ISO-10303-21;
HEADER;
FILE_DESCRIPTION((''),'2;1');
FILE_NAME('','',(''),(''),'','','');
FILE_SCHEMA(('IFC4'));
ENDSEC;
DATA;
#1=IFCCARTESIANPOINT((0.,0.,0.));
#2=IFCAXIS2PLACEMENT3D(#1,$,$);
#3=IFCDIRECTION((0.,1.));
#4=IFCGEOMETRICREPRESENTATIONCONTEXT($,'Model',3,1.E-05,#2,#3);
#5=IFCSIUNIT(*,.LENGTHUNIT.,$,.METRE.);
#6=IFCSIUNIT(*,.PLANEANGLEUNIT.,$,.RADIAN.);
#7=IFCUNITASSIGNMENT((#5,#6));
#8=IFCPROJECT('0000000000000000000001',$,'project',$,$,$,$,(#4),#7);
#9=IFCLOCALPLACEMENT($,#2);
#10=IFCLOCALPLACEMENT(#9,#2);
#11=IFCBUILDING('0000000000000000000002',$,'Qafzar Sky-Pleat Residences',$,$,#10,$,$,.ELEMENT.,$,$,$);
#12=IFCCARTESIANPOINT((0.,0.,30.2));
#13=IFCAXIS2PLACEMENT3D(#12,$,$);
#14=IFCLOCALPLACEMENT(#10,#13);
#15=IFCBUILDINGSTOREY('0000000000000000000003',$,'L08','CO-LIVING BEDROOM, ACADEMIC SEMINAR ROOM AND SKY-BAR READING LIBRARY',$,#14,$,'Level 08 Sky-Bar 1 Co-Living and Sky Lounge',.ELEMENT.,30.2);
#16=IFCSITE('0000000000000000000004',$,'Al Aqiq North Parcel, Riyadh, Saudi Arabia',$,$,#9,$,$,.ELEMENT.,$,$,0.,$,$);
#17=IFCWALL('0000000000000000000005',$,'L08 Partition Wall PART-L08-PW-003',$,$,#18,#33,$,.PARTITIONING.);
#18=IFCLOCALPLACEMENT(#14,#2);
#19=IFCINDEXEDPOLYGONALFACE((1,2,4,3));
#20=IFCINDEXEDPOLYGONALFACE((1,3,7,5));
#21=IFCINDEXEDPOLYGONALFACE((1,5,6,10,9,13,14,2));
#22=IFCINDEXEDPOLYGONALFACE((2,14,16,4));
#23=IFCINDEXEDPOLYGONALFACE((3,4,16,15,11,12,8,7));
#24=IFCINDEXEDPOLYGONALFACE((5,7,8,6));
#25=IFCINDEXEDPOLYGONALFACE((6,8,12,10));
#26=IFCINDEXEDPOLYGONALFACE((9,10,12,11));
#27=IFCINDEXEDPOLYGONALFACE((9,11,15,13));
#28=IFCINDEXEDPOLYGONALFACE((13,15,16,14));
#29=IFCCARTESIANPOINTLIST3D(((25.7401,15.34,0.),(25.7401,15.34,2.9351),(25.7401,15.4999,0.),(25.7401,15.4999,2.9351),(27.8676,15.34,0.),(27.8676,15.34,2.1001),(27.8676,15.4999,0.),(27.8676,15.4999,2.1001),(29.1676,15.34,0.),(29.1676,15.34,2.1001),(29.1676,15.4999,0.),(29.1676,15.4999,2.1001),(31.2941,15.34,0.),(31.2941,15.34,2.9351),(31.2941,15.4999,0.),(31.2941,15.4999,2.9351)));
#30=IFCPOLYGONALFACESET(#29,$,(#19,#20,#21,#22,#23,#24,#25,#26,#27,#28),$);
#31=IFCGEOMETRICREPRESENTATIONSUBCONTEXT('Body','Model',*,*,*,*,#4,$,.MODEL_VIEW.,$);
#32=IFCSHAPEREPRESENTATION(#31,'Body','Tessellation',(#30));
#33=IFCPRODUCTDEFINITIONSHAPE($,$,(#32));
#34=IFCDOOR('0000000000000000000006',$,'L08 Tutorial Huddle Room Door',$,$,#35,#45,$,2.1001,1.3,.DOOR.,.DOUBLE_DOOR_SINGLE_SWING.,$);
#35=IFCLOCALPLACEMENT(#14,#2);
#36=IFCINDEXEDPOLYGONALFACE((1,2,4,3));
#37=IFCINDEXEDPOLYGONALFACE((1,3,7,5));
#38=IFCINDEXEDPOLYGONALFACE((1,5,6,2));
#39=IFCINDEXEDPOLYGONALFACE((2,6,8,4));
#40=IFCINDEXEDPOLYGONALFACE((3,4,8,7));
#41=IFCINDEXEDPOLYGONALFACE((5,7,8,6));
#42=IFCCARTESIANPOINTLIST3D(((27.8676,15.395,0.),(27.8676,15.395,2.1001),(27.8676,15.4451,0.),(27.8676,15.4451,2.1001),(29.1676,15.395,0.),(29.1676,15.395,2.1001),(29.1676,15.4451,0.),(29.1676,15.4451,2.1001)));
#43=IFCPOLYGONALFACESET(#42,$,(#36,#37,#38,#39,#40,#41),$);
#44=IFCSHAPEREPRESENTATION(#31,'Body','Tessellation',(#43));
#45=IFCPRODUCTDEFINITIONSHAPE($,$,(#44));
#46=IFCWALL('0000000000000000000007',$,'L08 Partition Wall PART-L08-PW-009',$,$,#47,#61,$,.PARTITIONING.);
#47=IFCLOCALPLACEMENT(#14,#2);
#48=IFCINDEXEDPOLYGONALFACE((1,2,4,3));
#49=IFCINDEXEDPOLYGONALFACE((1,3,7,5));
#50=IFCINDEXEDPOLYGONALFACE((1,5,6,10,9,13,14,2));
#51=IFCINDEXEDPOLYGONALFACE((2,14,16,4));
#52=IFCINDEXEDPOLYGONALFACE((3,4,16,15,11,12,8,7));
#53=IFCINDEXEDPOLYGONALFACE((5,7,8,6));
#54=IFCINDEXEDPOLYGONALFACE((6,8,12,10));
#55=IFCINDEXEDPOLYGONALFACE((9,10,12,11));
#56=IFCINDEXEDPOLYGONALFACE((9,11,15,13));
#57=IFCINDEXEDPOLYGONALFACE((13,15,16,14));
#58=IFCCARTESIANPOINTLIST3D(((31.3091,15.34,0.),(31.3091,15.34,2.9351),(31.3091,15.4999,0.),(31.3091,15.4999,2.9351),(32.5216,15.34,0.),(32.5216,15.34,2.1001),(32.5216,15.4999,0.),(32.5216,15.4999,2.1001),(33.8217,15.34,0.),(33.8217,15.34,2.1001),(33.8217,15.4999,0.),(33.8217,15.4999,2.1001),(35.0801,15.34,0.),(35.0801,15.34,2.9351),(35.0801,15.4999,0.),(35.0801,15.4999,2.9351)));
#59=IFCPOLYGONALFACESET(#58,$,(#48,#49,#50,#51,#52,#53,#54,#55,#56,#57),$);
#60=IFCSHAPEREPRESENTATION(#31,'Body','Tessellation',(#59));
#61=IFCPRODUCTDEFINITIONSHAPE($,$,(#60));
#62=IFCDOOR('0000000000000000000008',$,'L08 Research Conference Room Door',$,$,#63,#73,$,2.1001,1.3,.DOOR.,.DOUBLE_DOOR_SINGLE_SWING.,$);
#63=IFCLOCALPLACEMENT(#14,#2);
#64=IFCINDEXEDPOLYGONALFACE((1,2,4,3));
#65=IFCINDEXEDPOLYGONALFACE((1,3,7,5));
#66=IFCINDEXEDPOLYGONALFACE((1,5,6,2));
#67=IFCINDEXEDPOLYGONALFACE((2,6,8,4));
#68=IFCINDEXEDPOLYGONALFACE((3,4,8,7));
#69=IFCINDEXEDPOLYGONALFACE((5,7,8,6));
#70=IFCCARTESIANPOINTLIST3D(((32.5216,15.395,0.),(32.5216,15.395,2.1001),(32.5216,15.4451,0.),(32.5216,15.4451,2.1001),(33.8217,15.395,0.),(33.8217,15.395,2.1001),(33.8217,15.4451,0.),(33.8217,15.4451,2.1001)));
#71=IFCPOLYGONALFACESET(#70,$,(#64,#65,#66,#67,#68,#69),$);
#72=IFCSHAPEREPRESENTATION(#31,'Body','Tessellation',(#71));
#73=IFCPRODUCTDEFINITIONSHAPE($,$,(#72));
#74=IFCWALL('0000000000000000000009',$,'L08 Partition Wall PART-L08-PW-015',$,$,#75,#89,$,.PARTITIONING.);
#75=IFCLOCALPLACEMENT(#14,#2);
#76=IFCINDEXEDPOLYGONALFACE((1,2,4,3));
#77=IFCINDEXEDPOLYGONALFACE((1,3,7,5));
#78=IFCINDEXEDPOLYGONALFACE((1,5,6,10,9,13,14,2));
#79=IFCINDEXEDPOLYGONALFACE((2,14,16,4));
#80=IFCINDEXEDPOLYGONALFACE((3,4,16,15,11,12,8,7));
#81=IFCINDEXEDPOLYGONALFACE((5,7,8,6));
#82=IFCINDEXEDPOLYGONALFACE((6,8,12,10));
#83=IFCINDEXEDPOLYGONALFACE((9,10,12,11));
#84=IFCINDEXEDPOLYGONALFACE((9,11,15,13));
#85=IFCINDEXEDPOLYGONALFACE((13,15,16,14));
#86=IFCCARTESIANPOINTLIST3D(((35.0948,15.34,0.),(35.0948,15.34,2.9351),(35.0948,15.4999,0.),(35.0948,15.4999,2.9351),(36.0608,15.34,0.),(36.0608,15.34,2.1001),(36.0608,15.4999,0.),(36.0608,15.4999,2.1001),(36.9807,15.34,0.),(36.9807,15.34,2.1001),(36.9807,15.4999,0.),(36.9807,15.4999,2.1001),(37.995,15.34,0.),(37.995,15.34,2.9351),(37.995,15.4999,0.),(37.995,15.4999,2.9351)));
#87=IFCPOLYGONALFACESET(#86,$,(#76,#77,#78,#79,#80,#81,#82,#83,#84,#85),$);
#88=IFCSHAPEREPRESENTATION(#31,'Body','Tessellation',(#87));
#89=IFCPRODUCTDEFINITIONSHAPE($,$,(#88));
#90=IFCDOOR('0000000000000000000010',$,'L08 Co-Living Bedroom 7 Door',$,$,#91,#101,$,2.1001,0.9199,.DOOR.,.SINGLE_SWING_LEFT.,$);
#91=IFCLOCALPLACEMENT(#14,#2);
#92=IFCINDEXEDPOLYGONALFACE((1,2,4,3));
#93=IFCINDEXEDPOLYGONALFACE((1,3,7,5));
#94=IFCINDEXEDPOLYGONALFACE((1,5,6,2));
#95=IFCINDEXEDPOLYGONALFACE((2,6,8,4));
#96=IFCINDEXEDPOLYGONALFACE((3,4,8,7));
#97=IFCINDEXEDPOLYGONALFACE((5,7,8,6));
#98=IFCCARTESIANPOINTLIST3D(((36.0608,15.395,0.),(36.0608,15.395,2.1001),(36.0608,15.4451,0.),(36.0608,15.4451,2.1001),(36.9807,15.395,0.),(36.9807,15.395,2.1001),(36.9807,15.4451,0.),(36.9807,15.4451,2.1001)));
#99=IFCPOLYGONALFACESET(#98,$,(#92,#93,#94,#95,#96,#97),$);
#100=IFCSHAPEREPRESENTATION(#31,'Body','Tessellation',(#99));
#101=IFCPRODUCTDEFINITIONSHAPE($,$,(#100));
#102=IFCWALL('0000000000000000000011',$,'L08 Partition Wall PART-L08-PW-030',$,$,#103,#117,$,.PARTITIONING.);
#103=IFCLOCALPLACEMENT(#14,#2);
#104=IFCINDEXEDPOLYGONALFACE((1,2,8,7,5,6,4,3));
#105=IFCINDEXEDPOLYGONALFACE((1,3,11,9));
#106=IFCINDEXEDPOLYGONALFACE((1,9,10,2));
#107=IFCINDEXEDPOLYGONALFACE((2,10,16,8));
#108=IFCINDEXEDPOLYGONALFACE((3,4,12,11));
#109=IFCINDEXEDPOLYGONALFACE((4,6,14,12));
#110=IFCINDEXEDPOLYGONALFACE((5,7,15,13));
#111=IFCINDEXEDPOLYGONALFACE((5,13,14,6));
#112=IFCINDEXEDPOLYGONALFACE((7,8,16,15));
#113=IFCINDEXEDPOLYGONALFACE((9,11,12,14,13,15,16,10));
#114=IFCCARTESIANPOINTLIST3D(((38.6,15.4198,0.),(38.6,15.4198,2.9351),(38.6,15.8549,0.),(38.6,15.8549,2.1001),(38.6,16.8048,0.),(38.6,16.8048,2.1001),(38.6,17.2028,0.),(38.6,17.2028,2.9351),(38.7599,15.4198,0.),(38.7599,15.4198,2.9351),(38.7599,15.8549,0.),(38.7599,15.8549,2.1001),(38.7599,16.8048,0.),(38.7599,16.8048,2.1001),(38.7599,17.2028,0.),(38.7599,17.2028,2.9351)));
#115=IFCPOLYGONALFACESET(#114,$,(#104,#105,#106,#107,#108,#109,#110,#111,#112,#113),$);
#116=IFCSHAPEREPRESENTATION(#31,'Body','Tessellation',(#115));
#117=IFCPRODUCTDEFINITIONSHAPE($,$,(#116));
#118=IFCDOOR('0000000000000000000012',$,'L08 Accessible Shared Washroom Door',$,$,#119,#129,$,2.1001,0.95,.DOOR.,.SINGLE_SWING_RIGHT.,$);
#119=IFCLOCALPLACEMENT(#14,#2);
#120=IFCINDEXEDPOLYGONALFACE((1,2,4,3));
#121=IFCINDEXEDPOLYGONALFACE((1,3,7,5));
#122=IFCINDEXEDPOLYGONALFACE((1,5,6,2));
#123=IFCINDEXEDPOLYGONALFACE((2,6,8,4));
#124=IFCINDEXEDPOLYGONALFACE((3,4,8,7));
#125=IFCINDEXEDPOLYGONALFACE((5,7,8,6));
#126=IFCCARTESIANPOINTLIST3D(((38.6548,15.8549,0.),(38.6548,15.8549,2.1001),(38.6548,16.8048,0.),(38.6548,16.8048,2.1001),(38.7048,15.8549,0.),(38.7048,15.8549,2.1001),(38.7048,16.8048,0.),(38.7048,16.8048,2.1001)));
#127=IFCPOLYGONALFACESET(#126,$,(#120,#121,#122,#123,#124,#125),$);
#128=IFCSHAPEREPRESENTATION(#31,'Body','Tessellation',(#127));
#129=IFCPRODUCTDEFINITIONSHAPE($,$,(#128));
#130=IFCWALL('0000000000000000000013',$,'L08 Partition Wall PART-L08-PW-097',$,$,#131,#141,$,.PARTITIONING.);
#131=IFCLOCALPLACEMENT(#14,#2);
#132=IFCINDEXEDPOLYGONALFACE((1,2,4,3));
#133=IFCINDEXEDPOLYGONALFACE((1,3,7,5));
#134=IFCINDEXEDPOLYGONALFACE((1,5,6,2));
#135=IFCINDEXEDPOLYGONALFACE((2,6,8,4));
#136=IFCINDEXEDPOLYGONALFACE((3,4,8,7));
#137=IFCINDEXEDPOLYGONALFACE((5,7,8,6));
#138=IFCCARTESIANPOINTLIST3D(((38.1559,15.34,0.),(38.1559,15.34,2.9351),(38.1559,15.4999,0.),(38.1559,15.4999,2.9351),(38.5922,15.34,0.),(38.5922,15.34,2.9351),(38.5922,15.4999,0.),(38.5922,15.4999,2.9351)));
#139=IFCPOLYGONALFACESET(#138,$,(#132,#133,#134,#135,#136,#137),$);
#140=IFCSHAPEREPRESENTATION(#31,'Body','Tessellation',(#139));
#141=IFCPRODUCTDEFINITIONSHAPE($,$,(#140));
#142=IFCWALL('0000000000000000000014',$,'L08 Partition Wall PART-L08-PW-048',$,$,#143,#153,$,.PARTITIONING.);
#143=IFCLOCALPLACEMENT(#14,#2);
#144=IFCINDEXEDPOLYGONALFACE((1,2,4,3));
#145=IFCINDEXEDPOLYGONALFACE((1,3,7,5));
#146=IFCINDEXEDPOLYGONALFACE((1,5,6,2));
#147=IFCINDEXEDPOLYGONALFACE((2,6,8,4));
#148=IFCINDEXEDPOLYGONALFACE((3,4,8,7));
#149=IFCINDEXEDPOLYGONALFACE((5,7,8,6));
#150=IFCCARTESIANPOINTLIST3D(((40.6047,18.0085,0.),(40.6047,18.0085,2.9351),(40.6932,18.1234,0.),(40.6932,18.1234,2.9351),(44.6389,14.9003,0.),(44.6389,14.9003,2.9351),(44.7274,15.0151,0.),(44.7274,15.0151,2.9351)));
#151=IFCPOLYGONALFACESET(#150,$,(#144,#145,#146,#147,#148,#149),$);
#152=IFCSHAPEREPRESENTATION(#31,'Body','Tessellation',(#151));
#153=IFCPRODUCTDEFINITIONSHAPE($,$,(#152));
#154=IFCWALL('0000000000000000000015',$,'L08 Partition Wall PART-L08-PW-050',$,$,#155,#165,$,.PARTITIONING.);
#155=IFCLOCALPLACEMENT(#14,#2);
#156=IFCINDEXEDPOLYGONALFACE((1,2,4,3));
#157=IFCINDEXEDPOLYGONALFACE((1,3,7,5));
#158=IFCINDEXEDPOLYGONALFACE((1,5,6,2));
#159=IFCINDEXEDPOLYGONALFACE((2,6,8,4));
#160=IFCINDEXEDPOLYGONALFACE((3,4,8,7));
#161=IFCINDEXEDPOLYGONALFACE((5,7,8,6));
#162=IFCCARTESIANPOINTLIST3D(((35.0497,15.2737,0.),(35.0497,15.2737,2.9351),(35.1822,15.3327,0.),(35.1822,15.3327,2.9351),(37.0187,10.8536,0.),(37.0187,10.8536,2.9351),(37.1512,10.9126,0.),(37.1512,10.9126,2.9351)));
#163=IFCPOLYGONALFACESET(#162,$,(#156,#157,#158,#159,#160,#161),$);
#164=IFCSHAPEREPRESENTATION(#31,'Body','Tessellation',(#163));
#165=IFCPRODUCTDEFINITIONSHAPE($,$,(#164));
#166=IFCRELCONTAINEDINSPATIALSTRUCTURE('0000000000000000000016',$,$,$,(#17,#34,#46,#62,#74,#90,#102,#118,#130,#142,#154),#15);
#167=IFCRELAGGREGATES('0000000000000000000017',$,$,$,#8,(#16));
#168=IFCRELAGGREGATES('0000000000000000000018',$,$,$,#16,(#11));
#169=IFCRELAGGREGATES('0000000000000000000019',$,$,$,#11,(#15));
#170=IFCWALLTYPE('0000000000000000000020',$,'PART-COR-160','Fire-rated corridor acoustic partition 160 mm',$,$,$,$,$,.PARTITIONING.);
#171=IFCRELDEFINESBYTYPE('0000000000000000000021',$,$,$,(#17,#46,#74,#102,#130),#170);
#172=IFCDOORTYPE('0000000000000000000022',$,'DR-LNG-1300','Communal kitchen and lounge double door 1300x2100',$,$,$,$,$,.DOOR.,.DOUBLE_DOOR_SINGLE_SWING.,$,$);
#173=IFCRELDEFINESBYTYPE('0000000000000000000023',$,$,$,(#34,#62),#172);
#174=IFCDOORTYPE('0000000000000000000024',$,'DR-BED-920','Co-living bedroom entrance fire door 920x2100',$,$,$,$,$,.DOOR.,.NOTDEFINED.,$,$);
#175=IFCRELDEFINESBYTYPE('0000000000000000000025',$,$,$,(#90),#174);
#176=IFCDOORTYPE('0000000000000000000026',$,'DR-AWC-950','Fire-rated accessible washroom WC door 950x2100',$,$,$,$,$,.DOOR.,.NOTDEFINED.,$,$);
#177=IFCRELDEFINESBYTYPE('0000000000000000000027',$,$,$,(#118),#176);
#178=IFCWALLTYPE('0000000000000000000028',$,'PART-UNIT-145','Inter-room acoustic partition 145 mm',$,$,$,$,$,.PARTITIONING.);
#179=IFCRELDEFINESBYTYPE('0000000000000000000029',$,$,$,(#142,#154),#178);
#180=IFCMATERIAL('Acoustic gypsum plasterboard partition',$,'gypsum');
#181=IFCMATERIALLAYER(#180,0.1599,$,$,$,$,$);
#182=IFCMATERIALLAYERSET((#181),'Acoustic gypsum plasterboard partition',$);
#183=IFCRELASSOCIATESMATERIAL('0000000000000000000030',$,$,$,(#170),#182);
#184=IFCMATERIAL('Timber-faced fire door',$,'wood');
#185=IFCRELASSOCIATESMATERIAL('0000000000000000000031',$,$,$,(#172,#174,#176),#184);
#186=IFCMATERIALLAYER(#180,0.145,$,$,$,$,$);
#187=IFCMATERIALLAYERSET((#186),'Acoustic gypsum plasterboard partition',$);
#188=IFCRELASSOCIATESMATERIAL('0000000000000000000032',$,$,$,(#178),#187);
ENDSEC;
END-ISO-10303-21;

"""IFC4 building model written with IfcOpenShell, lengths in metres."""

from ifc_helpers import new_model, si_unit, direction, frame, frame_2d, origin, place, context, subcontext, project, spatial, rectangle, extrude, source, transform, mapped, material, layer, layer_set, type_object, element, fill, save


model = new_model("IFC4")

# Units and contexts
model_context = context("Model", 3, precision=1e-05, world=origin(), true_north=direction((0.0, 1.0)))
body_context = subcontext(model_context, "Body", "Model", "MODEL_VIEW")
ifc_project = project(units=[si_unit("LENGTHUNIT", "METRE"), si_unit("PLANEANGLEUNIT", "RADIAN")], contexts=[model_context])

# Site, building, storey
site_placement = place(None, origin())
site = spatial("IfcSite", under=ifc_project, at=site_placement, Name="Al Aqiq North Parcel, Riyadh, Saudi Arabia", CompositionType="ELEMENT", RefElevation=0.0)
building_placement = place(site_placement, origin())
building = spatial("IfcBuilding", under=site, at=building_placement, Name="Qafzar Sky-Pleat Residences", CompositionType="ELEMENT")
storey_placement = place(building_placement, frame((0.0, 0.0, 30.2)))
storey = spatial("IfcBuildingStorey", under=building, at=storey_placement, Name="L08", Description="CO-LIVING BEDROOM, ACADEMIC SEMINAR ROOM AND SKY-BAR READING LIBRARY", LongName="Level 08 Sky-Bar 1 Co-Living and Sky Lounge", CompositionType="ELEMENT", Elevation=30.2)

# Walls, openings, doors
ifc_material_1 = material(Name="Acoustic gypsum plasterboard partition", Category="gypsum")
ifc_layer_1 = layer(ifc_material_1, 0.1599)
ifc_layer_set_1 = layer_set([ifc_layer_1], Name="Acoustic gypsum plasterboard partition")
wall_type_1 = type_object("IfcWallType", Name="PART-COR-160", Description="Fire-rated corridor acoustic partition 160 mm", PredefinedType="PARTITIONING", material=ifc_layer_set_1)
wall_1_placement = place(storey_placement, frame((31.2939, 15.4199, 0.0), z_axis=(0.0, 0.0, 1.0), x_axis=(-1.0, 0.0, 0.0)))
wall_1 = element("IfcWall", 1, at=wall_1_placement, inside=storey, type_object=wall_type_1, Name="L08 Partition Wall PART-L08-PW-003", PredefinedType="PARTITIONING", context=body_context, shape_type="SweptSolid", body=[
    extrude(rectangle(XDim=5.554, YDim=0.1599, at=frame_2d((2.7769, 0.0))), origin(), (0.0, 0.0, 1.0), 2.9351),
])
opening_1_placement = place(wall_1_placement, frame((2.1265, 0.0, 0.0)))
opening_1 = element("IfcOpeningElement", 2, at=opening_1_placement, cuts=wall_1, PredefinedType="OPENING", context=body_context, shape_type="SweptSolid", body=[
    extrude(rectangle(XDim=1.3, YDim=2.1001, at=frame_2d((0.6499, 1.05))), frame((0.0, 0.0898, 0.0), z_axis=(0.0, -1.0, 0.0), x_axis=(1.0, 0.0, 0.0)), (0.0, 0.0, 1.0), 0.1799),
])
ifc_material_2 = material(Name="Timber-faced fire door", Category="wood")
door_type_1 = type_object("IfcDoorType", Name="DR-LNG-1300", Description="Communal kitchen and lounge double door 1300x2100", OperationType="DOUBLE_DOOR_SINGLE_SWING", PredefinedType="DOOR", material=ifc_material_2)
shared_shape_1 = source(origin(), body_context, "Body", "SweptSolid", [
    extrude(rectangle(XDim=1.3, YDim=2.1001, at=frame_2d((0.6499, 1.05))), frame((0.0, 0.0249, 0.0), z_axis=(0.0, -1.0, 0.0), x_axis=(1.0, 0.0, 0.0)), (0.0, 0.0, 1.0), 0.05),
])
door_1_placement = place(opening_1_placement, origin())
door_1 = element("IfcDoor", 3, at=door_1_placement, inside=storey, type_object=door_type_1, Name="L08 Tutorial Huddle Room Door", OperationType="DOUBLE_DOOR_SINGLE_SWING", OverallHeight=2.1001, OverallWidth=1.3, PredefinedType="DOOR", context=body_context, shape_type="MappedRepresentation", body=[
    mapped(shared_shape_1, transform((0.0, 0.0, 0.0), x_axis=(1.0, 0.0, 0.0), y_axis=(0.0, 1.0, 0.0), z_axis=(0.0, 0.0, 1.0), scale=1.0)),
])
fill(opening_1, door_1)
wall_2_placement = place(storey_placement, frame((35.0801, 15.4199, 0.0), z_axis=(0.0, 0.0, 1.0), x_axis=(-1.0, 0.0, 0.0)))
wall_2 = element("IfcWall", 4, at=wall_2_placement, inside=storey, type_object=wall_type_1, Name="L08 Partition Wall PART-L08-PW-009", PredefinedType="PARTITIONING", context=body_context, shape_type="SweptSolid", body=[
    extrude(rectangle(XDim=3.771, YDim=0.1599, at=frame_2d((1.8855, 0.0))), origin(), (0.0, 0.0, 1.0), 2.9351),
])
opening_2_placement = place(wall_2_placement, frame((1.2585, 0.0, 0.0)))
opening_2 = element("IfcOpeningElement", 5, at=opening_2_placement, cuts=wall_2, PredefinedType="OPENING", context=body_context, shape_type="SweptSolid", body=[
    extrude(rectangle(XDim=1.3, YDim=2.1001, at=frame_2d((0.6499, 1.05))), frame((0.0, 0.0898, 0.0), z_axis=(0.0, -1.0, 0.0), x_axis=(1.0, 0.0, 0.0)), (0.0, 0.0, 1.0), 0.1799),
])
door_2_placement = place(opening_2_placement, origin())
door_2 = element("IfcDoor", 6, at=door_2_placement, inside=storey, type_object=door_type_1, Name="L08 Research Conference Room Door", OperationType="DOUBLE_DOOR_SINGLE_SWING", OverallHeight=2.1001, OverallWidth=1.3, PredefinedType="DOOR", context=body_context, shape_type="MappedRepresentation", body=[
    mapped(shared_shape_1, transform((0.0, 0.0, 0.0), x_axis=(1.0, 0.0, 0.0), y_axis=(0.0, 1.0, 0.0), z_axis=(0.0, 0.0, 1.0), scale=1.0)),
])
fill(opening_2, door_2)
wall_3_placement = place(storey_placement, frame((37.9951, 15.4199, 0.0), z_axis=(0.0, 0.0, 1.0), x_axis=(-1.0, 0.0, 0.0)))
wall_3 = element("IfcWall", 7, at=wall_3_placement, inside=storey, type_object=wall_type_1, Name="L08 Partition Wall PART-L08-PW-015", PredefinedType="PARTITIONING", context=body_context, shape_type="SweptSolid", body=[
    extrude(rectangle(XDim=2.9001, YDim=0.1599, at=frame_2d((1.4502, 0.0))), origin(), (0.0, 0.0, 1.0), 2.9351),
])
opening_3_placement = place(wall_3_placement, frame((1.0144, 0.0, 0.0)))
opening_3 = element("IfcOpeningElement", 8, at=opening_3_placement, cuts=wall_3, PredefinedType="OPENING", context=body_context, shape_type="SweptSolid", body=[
    extrude(rectangle(XDim=0.9199, YDim=2.1001, at=frame_2d((0.46, 1.05))), frame((0.0, 0.0898, 0.0), z_axis=(0.0, -1.0, 0.0), x_axis=(1.0, 0.0, 0.0)), (0.0, 0.0, 1.0), 0.1799),
])
door_type_2 = type_object("IfcDoorType", Name="DR-BED-920", Description="Co-living bedroom entrance fire door 920x2100", OperationType="NOTDEFINED", PredefinedType="DOOR", material=ifc_material_2)
shared_shape_2 = source(origin(), body_context, "Body", "SweptSolid", [
    extrude(rectangle(XDim=0.9199, YDim=2.1001, at=frame_2d((0.46, 1.05))), frame((0.0, 0.0249, 0.0), z_axis=(0.0, -1.0, 0.0), x_axis=(1.0, 0.0, 0.0)), (0.0, 0.0, 1.0), 0.05),
])
door_3_placement = place(opening_3_placement, origin())
door_3 = element("IfcDoor", 9, at=door_3_placement, inside=storey, type_object=door_type_2, Name="L08 Co-Living Bedroom 7 Door", OperationType="SINGLE_SWING_LEFT", OverallHeight=2.1001, OverallWidth=0.9199, PredefinedType="DOOR", context=body_context, shape_type="MappedRepresentation", body=[
    mapped(shared_shape_2, transform((0.0, 0.0, 0.0), x_axis=(1.0, 0.0, 0.0), y_axis=(0.0, 1.0, 0.0), z_axis=(0.0, 0.0, 1.0), scale=1.0)),
])
fill(opening_3, door_3)
wall_4_placement = place(storey_placement, frame((38.6799, 17.2029, 0.0), z_axis=(0.0, 0.0, 1.0), x_axis=(0.0, -1.0, 0.0)))
wall_4 = element("IfcWall", 10, at=wall_4_placement, inside=storey, type_object=wall_type_1, Name="L08 Partition Wall PART-L08-PW-030", PredefinedType="PARTITIONING", context=body_context, shape_type="SweptSolid", body=[
    extrude(rectangle(XDim=1.783, YDim=0.1599, at=frame_2d((0.8916, 0.0))), origin(), (0.0, 0.0, 1.0), 2.9351),
])
opening_4_placement = place(wall_4_placement, frame((0.3979, 0.0, 0.0)))
opening_4 = element("IfcOpeningElement", 11, at=opening_4_placement, cuts=wall_4, PredefinedType="OPENING", context=body_context, shape_type="SweptSolid", body=[
    extrude(rectangle(XDim=0.95, YDim=2.1001, at=frame_2d((0.4751, 1.05))), frame((0.0, 0.0898, 0.0), z_axis=(0.0, -1.0, 0.0), x_axis=(1.0, 0.0, 0.0)), (0.0, 0.0, 1.0), 0.1799),
])
door_type_3 = type_object("IfcDoorType", Name="DR-AWC-950", Description="Fire-rated accessible washroom WC door 950x2100", OperationType="NOTDEFINED", PredefinedType="DOOR", material=ifc_material_2)
shared_shape_3 = source(origin(), body_context, "Body", "SweptSolid", [
    extrude(rectangle(XDim=0.95, YDim=2.1001, at=frame_2d((0.4751, 1.05))), frame((0.0, 0.0249, 0.0), z_axis=(0.0, -1.0, 0.0), x_axis=(1.0, 0.0, 0.0)), (0.0, 0.0, 1.0), 0.05),
])
door_4_placement = place(opening_4_placement, origin())
door_4 = element("IfcDoor", 12, at=door_4_placement, inside=storey, type_object=door_type_3, Name="L08 Accessible Shared Washroom Door", OperationType="SINGLE_SWING_RIGHT", OverallHeight=2.1001, OverallWidth=0.95, PredefinedType="DOOR", context=body_context, shape_type="MappedRepresentation", body=[
    mapped(shared_shape_3, transform((0.0, 0.0, 0.0), x_axis=(1.0, 0.0, 0.0), y_axis=(0.0, 1.0, 0.0), z_axis=(0.0, 0.0, 1.0), scale=1.0)),
])
fill(opening_4, door_4)

# Walls
wall_5_placement = place(storey_placement, frame((38.1558, 15.4199, 0.0), z_axis=(0.0, 0.0, 1.0), x_axis=(1.0, 0.0, 0.0)))
element("IfcWall", 13, at=wall_5_placement, inside=storey, type_object=wall_type_1, Name="L08 Partition Wall PART-L08-PW-097", PredefinedType="PARTITIONING", context=body_context, shape_type="SweptSolid", body=[
    extrude(rectangle(XDim=0.4363, YDim=0.1599, at=frame_2d((0.2183, 0.0))), origin(), (0.0, 0.0, 1.0), 2.9351),
])
ifc_layer_2 = layer(ifc_material_1, 0.145)
ifc_layer_set_2 = layer_set([ifc_layer_2], Name="Acoustic gypsum plasterboard partition")
wall_type_2 = type_object("IfcWallType", Name="PART-UNIT-145", Description="Inter-room acoustic partition 145 mm", PredefinedType="PARTITIONING", material=ifc_layer_set_2)
wall_6_placement = place(storey_placement, frame((40.6489, 18.0659, 0.0), z_axis=(0.0, 0.0, 1.0), x_axis=(0.792155, -0.61032, 0.0)))
element("IfcWall", 14, at=wall_6_placement, inside=storey, type_object=wall_type_2, Name="L08 Partition Wall PART-L08-PW-048", PredefinedType="PARTITIONING", context=body_context, shape_type="SweptSolid", body=[
    extrude(rectangle(XDim=5.0928, YDim=0.145, at=frame_2d((2.5464, 0.0))), origin(), (0.0, 0.0, 1.0), 2.9351),
])
wall_7_placement = place(storey_placement, frame((35.116, 15.3032, 0.0), z_axis=(0.0, 0.0, 1.0), x_axis=(0.406911, -0.913468, 0.0)))
element("IfcWall", 15, at=wall_7_placement, inside=storey, type_object=wall_type_2, Name="L08 Partition Wall PART-L08-PW-050", PredefinedType="PARTITIONING", context=body_context, shape_type="SweptSolid", body=[
    extrude(rectangle(XDim=4.8389, YDim=0.145, at=frame_2d((2.4194, 0.0))), origin(), (0.0, 0.0, 1.0), 2.9351),
])

save(model, "model.ifc")
